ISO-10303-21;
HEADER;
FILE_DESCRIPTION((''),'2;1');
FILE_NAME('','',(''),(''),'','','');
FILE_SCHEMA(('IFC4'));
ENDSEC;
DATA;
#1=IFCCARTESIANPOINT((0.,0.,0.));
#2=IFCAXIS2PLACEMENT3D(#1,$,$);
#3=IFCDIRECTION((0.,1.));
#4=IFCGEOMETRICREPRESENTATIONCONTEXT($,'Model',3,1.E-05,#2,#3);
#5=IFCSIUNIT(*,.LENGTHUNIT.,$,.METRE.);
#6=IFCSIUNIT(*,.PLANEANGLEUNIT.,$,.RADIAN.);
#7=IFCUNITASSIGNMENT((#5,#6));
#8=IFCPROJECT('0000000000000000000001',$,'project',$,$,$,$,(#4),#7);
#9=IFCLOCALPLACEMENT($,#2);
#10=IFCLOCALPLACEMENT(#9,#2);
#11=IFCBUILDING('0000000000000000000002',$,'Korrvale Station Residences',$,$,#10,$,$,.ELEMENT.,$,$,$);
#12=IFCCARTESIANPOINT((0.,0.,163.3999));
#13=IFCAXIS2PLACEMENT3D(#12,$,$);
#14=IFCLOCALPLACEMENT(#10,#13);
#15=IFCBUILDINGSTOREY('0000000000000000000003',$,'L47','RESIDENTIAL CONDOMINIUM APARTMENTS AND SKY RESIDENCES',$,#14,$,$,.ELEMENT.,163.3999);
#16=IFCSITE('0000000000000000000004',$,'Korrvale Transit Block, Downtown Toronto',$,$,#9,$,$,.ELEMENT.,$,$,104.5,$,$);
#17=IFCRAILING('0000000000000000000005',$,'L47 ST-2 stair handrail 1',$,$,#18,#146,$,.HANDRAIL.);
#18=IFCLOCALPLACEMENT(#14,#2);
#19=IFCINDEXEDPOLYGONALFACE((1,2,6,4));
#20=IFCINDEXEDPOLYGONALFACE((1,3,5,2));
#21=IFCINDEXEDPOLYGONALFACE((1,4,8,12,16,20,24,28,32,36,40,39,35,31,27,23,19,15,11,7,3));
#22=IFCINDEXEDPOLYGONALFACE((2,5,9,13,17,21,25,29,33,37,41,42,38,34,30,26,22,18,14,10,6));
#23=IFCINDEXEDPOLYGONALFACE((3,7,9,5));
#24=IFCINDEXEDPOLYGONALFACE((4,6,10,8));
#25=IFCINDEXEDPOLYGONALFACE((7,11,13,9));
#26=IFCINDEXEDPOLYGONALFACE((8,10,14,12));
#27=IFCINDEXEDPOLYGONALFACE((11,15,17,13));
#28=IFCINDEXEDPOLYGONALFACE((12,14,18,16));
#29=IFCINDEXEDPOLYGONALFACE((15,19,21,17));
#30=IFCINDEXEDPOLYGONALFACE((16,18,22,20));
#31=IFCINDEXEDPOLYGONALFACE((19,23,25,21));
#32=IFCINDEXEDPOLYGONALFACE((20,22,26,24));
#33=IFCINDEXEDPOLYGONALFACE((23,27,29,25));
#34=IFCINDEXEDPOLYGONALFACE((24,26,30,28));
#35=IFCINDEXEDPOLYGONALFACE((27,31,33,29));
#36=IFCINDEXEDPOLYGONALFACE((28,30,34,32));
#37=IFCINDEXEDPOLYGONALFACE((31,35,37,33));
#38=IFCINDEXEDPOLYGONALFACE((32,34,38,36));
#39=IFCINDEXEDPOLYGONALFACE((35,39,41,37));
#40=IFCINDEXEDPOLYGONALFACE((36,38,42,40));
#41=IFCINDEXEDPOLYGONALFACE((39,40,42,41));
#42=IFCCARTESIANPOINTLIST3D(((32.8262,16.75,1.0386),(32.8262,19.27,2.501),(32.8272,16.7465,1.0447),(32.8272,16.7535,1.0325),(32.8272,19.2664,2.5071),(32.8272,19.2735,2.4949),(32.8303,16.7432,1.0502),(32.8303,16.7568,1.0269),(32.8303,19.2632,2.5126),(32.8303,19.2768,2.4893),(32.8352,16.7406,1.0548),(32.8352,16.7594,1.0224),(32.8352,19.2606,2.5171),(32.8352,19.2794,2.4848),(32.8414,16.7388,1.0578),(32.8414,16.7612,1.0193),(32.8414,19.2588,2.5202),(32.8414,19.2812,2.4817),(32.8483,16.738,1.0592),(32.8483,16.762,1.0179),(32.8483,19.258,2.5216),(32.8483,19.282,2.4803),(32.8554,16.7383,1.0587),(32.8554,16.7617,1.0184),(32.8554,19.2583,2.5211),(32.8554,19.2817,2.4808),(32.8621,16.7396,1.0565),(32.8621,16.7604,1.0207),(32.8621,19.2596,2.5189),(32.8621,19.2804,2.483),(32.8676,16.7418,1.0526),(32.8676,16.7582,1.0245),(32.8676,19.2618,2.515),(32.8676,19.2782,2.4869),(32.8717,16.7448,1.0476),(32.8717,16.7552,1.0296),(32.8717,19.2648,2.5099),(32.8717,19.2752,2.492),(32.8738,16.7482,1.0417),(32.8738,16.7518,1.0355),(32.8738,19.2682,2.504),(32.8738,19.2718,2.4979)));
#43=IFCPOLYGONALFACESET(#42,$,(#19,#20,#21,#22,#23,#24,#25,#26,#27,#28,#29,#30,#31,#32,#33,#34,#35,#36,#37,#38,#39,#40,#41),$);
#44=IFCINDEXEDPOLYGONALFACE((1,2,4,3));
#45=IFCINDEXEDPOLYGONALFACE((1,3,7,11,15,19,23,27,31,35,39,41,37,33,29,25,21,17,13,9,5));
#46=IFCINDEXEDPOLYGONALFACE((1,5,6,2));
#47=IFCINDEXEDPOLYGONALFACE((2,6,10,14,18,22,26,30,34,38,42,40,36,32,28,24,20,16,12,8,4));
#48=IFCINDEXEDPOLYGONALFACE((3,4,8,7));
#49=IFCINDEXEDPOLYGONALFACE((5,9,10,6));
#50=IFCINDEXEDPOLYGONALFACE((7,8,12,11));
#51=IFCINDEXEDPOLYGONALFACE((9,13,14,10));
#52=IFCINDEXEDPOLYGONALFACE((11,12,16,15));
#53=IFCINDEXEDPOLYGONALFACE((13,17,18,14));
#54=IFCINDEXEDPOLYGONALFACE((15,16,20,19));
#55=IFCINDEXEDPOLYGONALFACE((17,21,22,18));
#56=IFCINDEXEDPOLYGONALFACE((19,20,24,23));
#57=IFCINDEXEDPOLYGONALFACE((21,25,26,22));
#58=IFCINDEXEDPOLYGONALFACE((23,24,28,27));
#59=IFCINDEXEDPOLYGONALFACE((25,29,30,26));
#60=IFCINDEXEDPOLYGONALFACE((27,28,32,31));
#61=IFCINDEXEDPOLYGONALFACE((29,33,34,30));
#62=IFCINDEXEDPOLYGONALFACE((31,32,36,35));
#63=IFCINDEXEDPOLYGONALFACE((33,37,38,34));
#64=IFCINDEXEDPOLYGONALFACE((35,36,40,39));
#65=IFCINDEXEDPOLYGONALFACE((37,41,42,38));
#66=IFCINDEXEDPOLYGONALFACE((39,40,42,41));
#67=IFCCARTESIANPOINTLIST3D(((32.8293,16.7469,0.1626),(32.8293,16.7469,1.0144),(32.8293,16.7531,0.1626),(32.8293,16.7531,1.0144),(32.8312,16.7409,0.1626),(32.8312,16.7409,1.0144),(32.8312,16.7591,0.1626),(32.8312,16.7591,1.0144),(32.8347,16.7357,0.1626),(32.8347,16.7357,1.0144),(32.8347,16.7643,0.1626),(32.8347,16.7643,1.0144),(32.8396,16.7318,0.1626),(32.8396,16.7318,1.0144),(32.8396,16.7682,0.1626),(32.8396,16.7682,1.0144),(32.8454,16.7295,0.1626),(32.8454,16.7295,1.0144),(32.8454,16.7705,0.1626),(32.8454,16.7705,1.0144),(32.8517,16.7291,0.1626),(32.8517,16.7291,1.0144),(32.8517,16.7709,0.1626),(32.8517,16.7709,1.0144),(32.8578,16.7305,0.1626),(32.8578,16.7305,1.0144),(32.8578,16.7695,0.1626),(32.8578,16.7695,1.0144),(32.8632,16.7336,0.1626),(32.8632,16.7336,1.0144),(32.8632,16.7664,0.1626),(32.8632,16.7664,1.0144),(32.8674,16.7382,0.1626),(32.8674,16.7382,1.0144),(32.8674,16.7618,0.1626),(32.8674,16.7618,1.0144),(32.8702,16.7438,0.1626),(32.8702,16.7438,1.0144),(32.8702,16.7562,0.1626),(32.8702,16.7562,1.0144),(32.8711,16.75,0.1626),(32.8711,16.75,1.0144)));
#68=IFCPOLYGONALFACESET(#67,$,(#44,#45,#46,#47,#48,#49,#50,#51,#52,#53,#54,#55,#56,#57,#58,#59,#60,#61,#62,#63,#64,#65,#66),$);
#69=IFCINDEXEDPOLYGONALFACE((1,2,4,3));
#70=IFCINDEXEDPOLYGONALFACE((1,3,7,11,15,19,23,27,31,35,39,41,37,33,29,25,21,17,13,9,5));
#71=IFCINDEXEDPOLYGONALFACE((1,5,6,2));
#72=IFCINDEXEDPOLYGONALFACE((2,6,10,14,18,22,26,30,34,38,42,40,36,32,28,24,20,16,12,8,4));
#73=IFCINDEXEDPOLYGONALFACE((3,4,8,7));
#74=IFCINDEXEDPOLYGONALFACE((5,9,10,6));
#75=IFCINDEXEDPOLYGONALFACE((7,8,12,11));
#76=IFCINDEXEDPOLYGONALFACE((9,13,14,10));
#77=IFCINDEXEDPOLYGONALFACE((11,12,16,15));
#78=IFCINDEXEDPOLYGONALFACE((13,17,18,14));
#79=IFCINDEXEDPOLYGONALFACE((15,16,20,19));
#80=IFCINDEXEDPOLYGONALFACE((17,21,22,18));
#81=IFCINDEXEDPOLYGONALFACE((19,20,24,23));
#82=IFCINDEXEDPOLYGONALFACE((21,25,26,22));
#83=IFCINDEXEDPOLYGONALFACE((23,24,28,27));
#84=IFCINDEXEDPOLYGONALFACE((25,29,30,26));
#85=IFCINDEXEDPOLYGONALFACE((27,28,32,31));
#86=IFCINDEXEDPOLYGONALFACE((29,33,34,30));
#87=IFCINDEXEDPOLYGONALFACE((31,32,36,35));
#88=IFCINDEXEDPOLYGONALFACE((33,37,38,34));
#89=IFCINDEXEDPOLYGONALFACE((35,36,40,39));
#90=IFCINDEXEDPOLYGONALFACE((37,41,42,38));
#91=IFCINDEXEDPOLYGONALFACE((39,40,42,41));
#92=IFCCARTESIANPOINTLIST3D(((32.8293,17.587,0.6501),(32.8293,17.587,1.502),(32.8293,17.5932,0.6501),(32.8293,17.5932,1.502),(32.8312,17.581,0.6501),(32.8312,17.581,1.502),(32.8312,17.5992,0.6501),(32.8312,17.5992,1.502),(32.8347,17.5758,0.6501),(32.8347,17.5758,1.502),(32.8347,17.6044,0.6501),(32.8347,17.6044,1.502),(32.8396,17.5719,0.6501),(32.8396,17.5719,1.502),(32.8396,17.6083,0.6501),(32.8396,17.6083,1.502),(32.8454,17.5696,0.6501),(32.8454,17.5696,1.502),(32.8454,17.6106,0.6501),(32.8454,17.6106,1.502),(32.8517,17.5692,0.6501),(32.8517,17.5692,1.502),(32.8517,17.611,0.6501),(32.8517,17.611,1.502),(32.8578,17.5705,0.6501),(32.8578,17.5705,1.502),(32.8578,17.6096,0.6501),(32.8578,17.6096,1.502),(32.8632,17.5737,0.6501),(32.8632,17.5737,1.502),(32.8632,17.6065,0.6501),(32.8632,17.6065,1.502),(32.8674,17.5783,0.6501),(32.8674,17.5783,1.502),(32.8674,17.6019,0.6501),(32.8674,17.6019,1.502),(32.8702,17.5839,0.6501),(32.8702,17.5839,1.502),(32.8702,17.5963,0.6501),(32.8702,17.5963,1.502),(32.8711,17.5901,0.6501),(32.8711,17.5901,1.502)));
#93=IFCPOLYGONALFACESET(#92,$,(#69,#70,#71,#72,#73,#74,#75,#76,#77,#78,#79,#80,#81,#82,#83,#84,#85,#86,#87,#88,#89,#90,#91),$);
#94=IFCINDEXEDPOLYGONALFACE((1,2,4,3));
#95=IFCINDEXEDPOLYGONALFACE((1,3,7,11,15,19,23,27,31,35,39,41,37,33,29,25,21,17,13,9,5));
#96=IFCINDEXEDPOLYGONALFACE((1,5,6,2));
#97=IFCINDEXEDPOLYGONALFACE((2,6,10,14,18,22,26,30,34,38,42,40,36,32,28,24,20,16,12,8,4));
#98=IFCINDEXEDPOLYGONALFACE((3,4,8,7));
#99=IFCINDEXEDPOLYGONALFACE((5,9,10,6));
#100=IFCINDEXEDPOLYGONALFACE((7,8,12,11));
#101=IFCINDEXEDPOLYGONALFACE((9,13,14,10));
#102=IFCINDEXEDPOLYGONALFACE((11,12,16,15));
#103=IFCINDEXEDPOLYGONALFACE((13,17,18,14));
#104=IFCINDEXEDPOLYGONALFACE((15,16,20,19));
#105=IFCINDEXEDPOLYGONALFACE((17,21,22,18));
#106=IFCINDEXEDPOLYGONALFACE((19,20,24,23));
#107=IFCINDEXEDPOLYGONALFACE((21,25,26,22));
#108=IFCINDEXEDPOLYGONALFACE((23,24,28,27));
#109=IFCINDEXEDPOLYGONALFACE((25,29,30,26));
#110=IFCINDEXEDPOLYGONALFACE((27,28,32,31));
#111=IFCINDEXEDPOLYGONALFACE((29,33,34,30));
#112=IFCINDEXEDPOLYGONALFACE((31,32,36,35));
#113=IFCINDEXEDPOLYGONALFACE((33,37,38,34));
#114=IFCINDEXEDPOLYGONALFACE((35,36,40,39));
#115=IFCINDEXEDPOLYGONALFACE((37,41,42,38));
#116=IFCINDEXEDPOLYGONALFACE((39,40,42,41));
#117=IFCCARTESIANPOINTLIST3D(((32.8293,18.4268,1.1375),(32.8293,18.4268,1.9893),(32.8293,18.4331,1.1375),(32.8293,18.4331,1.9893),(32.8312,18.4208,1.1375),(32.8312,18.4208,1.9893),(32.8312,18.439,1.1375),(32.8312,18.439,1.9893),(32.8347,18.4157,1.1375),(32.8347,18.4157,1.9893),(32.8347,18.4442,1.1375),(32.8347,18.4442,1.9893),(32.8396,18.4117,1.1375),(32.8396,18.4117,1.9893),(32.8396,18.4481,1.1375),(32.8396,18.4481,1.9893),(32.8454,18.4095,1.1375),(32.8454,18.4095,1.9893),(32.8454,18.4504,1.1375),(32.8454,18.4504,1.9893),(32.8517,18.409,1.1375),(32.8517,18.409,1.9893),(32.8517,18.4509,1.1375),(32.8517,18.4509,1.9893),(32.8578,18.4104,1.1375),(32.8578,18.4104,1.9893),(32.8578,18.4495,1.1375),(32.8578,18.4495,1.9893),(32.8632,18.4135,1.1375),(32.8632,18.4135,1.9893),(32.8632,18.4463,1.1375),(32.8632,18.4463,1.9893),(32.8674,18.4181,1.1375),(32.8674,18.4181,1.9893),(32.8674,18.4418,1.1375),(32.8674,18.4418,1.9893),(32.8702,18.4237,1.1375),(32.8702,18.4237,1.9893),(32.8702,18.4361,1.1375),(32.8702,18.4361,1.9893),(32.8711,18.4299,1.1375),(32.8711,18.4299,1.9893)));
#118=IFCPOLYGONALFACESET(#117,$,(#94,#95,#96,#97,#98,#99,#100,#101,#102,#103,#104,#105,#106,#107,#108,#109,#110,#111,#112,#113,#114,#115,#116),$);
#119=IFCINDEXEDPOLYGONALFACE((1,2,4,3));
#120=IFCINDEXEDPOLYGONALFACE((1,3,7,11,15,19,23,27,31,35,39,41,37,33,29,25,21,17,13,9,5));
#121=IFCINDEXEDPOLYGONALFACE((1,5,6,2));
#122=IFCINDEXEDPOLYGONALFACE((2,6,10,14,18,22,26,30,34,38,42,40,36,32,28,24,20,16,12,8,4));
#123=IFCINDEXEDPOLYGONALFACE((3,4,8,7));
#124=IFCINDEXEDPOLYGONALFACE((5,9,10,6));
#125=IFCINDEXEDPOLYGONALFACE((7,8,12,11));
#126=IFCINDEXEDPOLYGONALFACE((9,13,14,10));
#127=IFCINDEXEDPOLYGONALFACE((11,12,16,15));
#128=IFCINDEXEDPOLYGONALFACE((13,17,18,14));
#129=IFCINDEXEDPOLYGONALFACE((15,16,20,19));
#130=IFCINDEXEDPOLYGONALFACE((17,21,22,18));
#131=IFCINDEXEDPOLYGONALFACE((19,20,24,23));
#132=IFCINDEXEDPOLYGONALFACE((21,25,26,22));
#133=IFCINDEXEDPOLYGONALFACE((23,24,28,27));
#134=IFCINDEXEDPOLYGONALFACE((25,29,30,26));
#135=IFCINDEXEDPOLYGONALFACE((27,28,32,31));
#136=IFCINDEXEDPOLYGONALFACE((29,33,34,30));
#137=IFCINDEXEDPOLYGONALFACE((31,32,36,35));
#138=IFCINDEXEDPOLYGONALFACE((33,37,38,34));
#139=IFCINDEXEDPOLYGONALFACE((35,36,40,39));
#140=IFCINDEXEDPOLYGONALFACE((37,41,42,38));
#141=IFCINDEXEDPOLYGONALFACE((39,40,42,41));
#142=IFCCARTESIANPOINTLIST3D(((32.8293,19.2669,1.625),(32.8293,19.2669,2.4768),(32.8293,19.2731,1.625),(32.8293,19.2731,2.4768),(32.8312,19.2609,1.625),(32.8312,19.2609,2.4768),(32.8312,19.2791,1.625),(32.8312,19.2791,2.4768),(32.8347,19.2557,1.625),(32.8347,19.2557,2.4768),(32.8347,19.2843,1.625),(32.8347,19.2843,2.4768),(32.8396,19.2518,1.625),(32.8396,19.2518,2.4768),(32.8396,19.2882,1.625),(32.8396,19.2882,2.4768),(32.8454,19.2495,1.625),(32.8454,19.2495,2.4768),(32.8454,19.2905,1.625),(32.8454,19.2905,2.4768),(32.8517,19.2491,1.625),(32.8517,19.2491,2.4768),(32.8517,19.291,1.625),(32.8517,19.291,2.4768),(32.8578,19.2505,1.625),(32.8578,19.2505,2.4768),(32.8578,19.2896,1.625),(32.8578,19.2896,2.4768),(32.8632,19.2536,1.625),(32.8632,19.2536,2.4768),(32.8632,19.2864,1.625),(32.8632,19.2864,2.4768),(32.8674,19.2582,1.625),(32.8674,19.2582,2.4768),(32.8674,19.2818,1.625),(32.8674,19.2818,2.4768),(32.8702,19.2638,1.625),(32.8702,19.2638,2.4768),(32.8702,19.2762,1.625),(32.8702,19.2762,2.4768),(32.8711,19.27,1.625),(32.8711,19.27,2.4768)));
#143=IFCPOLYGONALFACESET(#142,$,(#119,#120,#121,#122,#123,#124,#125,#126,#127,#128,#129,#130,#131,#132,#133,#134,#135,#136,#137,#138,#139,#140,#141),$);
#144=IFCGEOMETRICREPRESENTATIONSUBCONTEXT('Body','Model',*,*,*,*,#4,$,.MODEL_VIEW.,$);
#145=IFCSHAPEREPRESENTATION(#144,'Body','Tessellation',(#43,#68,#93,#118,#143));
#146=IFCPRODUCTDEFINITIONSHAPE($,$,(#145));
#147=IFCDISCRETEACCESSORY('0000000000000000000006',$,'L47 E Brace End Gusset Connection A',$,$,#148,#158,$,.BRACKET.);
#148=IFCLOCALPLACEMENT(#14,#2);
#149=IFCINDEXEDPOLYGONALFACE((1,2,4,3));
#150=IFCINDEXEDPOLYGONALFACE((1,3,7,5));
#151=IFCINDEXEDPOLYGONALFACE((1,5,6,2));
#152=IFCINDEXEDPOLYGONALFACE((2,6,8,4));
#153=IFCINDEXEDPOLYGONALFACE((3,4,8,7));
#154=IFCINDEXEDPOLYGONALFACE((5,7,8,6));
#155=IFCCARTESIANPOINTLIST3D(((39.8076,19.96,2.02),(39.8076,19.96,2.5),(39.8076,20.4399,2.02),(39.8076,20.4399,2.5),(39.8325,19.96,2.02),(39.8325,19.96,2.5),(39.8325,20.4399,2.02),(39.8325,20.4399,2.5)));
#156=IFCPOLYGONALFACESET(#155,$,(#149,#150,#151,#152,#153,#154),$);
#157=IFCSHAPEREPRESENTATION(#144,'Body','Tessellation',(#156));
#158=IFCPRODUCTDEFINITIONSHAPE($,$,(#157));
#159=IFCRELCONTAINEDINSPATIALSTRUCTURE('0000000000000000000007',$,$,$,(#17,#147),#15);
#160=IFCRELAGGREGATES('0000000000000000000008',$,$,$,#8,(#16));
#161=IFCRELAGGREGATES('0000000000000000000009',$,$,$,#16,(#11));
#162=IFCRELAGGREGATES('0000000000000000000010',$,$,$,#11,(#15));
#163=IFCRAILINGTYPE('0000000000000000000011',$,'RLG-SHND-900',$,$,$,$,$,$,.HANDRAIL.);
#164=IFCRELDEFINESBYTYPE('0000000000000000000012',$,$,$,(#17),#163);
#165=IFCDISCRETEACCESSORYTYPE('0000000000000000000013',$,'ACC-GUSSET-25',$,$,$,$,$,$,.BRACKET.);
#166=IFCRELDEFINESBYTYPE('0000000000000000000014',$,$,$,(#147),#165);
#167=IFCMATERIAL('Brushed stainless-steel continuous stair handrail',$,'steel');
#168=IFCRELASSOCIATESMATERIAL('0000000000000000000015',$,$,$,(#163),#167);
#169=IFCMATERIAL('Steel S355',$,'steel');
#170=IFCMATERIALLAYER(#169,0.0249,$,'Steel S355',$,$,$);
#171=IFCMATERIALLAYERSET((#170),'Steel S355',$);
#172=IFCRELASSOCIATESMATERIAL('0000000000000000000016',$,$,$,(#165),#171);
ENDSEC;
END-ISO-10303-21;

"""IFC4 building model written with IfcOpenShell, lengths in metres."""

from ifc_helpers import new_model, si_unit, direction, frame, origin, origin_2d, place, context, subcontext, project, spatial, rectangle, circle, extrude, material, layer, layer_set, type_object, element, save


model = new_model("IFC4")

# Units and contexts
model_context = context("Model", 3, precision=1e-05, world=origin(), true_north=direction((0.0, 1.0)))
body_context = subcontext(model_context, "Body", "Model", "MODEL_VIEW")
ifc_project = project(units=[si_unit("LENGTHUNIT", "METRE"), si_unit("PLANEANGLEUNIT", "RADIAN")], contexts=[model_context])

# Site, building, storey
site_placement = place(None, origin())
site = spatial("IfcSite", under=ifc_project, at=site_placement, Name="Korrvale Transit Block, Downtown Toronto", CompositionType="ELEMENT", RefElevation=104.5)
building_placement = place(site_placement, origin())
building = spatial("IfcBuilding", under=site, at=building_placement, Name="Korrvale Station Residences", CompositionType="ELEMENT")
storey_placement = place(building_placement, frame((0.0, 0.0, 163.3999)))
storey = spatial("IfcBuildingStorey", under=building, at=storey_placement, Name="L47", Description="RESIDENTIAL CONDOMINIUM APARTMENTS AND SKY RESIDENCES", CompositionType="ELEMENT", Elevation=163.3999)

# Shared definitions
ifc_material_1 = material(Name="Steel S355", Category="steel")

# Railing
ifc_material_2 = material(Name="Brushed stainless-steel continuous stair handrail", Category="steel")
railing_type = type_object("IfcRailingType", Name="RLG-SHND-900", PredefinedType="HANDRAIL", material=ifc_material_2)
railing_placement = place(storey_placement, frame((32.8501, 16.75, 0.1626)))
element("IfcRailing", 1, at=railing_placement, inside=storey, type_object=railing_type, Name="L47 ST-2 stair handrail 1", PredefinedType="HANDRAIL", context=body_context, shape_type="SweptSolid", body=[
    extrude(circle(Radius=0.0239, at=origin_2d()), frame((0.0, 0.0, 0.876), z_axis=(0.0, 0.864913, 0.501921), x_axis=(-1.0, 0.0, 0.0)), (0.0, 0.0, 1.0), 2.9136),
    extrude(circle(Radius=0.021, at=origin_2d()), origin(), (0.0, 0.0, 1.0), 0.8518),
    extrude(circle(Radius=0.021, at=origin_2d()), frame((0.0, 0.8401, 0.4875)), (0.0, 0.0, 1.0), 0.8518),
    extrude(circle(Radius=0.021, at=origin_2d()), frame((0.0, 1.6799, 0.9749)), (0.0, 0.0, 1.0), 0.8518),
    extrude(circle(Radius=0.021, at=origin_2d()), frame((0.0, 2.52, 1.4624)), (0.0, 0.0, 1.0), 0.8518),
])

# Discrete accessory
ifc_layer_1 = layer(ifc_material_1, 0.0249, Name="Steel S355")
ifc_layer_set_1 = layer_set([ifc_layer_1], Name="Steel S355")
discrete_accessory_type = type_object("IfcDiscreteAccessoryType", Name="ACC-GUSSET-25", PredefinedType="BRACKET", material=ifc_layer_set_1)
discrete_accessory_placement = place(storey_placement, frame((39.8201, 20.2, 2.02), z_axis=(0.0, 0.0, 1.0), x_axis=(0.0, 1.0, 0.0)))
element("IfcDiscreteAccessory", 2, at=discrete_accessory_placement, inside=storey, type_object=discrete_accessory_type, Name="L47 E Brace End Gusset Connection A", PredefinedType="BRACKET", context=body_context, shape_type="SweptSolid", body=[
    extrude(rectangle(XDim=0.48, YDim=0.0249, at=origin_2d()), origin(), (0.0, 0.0, 1.0), 0.48),
])

save(model, "model.ifc")
